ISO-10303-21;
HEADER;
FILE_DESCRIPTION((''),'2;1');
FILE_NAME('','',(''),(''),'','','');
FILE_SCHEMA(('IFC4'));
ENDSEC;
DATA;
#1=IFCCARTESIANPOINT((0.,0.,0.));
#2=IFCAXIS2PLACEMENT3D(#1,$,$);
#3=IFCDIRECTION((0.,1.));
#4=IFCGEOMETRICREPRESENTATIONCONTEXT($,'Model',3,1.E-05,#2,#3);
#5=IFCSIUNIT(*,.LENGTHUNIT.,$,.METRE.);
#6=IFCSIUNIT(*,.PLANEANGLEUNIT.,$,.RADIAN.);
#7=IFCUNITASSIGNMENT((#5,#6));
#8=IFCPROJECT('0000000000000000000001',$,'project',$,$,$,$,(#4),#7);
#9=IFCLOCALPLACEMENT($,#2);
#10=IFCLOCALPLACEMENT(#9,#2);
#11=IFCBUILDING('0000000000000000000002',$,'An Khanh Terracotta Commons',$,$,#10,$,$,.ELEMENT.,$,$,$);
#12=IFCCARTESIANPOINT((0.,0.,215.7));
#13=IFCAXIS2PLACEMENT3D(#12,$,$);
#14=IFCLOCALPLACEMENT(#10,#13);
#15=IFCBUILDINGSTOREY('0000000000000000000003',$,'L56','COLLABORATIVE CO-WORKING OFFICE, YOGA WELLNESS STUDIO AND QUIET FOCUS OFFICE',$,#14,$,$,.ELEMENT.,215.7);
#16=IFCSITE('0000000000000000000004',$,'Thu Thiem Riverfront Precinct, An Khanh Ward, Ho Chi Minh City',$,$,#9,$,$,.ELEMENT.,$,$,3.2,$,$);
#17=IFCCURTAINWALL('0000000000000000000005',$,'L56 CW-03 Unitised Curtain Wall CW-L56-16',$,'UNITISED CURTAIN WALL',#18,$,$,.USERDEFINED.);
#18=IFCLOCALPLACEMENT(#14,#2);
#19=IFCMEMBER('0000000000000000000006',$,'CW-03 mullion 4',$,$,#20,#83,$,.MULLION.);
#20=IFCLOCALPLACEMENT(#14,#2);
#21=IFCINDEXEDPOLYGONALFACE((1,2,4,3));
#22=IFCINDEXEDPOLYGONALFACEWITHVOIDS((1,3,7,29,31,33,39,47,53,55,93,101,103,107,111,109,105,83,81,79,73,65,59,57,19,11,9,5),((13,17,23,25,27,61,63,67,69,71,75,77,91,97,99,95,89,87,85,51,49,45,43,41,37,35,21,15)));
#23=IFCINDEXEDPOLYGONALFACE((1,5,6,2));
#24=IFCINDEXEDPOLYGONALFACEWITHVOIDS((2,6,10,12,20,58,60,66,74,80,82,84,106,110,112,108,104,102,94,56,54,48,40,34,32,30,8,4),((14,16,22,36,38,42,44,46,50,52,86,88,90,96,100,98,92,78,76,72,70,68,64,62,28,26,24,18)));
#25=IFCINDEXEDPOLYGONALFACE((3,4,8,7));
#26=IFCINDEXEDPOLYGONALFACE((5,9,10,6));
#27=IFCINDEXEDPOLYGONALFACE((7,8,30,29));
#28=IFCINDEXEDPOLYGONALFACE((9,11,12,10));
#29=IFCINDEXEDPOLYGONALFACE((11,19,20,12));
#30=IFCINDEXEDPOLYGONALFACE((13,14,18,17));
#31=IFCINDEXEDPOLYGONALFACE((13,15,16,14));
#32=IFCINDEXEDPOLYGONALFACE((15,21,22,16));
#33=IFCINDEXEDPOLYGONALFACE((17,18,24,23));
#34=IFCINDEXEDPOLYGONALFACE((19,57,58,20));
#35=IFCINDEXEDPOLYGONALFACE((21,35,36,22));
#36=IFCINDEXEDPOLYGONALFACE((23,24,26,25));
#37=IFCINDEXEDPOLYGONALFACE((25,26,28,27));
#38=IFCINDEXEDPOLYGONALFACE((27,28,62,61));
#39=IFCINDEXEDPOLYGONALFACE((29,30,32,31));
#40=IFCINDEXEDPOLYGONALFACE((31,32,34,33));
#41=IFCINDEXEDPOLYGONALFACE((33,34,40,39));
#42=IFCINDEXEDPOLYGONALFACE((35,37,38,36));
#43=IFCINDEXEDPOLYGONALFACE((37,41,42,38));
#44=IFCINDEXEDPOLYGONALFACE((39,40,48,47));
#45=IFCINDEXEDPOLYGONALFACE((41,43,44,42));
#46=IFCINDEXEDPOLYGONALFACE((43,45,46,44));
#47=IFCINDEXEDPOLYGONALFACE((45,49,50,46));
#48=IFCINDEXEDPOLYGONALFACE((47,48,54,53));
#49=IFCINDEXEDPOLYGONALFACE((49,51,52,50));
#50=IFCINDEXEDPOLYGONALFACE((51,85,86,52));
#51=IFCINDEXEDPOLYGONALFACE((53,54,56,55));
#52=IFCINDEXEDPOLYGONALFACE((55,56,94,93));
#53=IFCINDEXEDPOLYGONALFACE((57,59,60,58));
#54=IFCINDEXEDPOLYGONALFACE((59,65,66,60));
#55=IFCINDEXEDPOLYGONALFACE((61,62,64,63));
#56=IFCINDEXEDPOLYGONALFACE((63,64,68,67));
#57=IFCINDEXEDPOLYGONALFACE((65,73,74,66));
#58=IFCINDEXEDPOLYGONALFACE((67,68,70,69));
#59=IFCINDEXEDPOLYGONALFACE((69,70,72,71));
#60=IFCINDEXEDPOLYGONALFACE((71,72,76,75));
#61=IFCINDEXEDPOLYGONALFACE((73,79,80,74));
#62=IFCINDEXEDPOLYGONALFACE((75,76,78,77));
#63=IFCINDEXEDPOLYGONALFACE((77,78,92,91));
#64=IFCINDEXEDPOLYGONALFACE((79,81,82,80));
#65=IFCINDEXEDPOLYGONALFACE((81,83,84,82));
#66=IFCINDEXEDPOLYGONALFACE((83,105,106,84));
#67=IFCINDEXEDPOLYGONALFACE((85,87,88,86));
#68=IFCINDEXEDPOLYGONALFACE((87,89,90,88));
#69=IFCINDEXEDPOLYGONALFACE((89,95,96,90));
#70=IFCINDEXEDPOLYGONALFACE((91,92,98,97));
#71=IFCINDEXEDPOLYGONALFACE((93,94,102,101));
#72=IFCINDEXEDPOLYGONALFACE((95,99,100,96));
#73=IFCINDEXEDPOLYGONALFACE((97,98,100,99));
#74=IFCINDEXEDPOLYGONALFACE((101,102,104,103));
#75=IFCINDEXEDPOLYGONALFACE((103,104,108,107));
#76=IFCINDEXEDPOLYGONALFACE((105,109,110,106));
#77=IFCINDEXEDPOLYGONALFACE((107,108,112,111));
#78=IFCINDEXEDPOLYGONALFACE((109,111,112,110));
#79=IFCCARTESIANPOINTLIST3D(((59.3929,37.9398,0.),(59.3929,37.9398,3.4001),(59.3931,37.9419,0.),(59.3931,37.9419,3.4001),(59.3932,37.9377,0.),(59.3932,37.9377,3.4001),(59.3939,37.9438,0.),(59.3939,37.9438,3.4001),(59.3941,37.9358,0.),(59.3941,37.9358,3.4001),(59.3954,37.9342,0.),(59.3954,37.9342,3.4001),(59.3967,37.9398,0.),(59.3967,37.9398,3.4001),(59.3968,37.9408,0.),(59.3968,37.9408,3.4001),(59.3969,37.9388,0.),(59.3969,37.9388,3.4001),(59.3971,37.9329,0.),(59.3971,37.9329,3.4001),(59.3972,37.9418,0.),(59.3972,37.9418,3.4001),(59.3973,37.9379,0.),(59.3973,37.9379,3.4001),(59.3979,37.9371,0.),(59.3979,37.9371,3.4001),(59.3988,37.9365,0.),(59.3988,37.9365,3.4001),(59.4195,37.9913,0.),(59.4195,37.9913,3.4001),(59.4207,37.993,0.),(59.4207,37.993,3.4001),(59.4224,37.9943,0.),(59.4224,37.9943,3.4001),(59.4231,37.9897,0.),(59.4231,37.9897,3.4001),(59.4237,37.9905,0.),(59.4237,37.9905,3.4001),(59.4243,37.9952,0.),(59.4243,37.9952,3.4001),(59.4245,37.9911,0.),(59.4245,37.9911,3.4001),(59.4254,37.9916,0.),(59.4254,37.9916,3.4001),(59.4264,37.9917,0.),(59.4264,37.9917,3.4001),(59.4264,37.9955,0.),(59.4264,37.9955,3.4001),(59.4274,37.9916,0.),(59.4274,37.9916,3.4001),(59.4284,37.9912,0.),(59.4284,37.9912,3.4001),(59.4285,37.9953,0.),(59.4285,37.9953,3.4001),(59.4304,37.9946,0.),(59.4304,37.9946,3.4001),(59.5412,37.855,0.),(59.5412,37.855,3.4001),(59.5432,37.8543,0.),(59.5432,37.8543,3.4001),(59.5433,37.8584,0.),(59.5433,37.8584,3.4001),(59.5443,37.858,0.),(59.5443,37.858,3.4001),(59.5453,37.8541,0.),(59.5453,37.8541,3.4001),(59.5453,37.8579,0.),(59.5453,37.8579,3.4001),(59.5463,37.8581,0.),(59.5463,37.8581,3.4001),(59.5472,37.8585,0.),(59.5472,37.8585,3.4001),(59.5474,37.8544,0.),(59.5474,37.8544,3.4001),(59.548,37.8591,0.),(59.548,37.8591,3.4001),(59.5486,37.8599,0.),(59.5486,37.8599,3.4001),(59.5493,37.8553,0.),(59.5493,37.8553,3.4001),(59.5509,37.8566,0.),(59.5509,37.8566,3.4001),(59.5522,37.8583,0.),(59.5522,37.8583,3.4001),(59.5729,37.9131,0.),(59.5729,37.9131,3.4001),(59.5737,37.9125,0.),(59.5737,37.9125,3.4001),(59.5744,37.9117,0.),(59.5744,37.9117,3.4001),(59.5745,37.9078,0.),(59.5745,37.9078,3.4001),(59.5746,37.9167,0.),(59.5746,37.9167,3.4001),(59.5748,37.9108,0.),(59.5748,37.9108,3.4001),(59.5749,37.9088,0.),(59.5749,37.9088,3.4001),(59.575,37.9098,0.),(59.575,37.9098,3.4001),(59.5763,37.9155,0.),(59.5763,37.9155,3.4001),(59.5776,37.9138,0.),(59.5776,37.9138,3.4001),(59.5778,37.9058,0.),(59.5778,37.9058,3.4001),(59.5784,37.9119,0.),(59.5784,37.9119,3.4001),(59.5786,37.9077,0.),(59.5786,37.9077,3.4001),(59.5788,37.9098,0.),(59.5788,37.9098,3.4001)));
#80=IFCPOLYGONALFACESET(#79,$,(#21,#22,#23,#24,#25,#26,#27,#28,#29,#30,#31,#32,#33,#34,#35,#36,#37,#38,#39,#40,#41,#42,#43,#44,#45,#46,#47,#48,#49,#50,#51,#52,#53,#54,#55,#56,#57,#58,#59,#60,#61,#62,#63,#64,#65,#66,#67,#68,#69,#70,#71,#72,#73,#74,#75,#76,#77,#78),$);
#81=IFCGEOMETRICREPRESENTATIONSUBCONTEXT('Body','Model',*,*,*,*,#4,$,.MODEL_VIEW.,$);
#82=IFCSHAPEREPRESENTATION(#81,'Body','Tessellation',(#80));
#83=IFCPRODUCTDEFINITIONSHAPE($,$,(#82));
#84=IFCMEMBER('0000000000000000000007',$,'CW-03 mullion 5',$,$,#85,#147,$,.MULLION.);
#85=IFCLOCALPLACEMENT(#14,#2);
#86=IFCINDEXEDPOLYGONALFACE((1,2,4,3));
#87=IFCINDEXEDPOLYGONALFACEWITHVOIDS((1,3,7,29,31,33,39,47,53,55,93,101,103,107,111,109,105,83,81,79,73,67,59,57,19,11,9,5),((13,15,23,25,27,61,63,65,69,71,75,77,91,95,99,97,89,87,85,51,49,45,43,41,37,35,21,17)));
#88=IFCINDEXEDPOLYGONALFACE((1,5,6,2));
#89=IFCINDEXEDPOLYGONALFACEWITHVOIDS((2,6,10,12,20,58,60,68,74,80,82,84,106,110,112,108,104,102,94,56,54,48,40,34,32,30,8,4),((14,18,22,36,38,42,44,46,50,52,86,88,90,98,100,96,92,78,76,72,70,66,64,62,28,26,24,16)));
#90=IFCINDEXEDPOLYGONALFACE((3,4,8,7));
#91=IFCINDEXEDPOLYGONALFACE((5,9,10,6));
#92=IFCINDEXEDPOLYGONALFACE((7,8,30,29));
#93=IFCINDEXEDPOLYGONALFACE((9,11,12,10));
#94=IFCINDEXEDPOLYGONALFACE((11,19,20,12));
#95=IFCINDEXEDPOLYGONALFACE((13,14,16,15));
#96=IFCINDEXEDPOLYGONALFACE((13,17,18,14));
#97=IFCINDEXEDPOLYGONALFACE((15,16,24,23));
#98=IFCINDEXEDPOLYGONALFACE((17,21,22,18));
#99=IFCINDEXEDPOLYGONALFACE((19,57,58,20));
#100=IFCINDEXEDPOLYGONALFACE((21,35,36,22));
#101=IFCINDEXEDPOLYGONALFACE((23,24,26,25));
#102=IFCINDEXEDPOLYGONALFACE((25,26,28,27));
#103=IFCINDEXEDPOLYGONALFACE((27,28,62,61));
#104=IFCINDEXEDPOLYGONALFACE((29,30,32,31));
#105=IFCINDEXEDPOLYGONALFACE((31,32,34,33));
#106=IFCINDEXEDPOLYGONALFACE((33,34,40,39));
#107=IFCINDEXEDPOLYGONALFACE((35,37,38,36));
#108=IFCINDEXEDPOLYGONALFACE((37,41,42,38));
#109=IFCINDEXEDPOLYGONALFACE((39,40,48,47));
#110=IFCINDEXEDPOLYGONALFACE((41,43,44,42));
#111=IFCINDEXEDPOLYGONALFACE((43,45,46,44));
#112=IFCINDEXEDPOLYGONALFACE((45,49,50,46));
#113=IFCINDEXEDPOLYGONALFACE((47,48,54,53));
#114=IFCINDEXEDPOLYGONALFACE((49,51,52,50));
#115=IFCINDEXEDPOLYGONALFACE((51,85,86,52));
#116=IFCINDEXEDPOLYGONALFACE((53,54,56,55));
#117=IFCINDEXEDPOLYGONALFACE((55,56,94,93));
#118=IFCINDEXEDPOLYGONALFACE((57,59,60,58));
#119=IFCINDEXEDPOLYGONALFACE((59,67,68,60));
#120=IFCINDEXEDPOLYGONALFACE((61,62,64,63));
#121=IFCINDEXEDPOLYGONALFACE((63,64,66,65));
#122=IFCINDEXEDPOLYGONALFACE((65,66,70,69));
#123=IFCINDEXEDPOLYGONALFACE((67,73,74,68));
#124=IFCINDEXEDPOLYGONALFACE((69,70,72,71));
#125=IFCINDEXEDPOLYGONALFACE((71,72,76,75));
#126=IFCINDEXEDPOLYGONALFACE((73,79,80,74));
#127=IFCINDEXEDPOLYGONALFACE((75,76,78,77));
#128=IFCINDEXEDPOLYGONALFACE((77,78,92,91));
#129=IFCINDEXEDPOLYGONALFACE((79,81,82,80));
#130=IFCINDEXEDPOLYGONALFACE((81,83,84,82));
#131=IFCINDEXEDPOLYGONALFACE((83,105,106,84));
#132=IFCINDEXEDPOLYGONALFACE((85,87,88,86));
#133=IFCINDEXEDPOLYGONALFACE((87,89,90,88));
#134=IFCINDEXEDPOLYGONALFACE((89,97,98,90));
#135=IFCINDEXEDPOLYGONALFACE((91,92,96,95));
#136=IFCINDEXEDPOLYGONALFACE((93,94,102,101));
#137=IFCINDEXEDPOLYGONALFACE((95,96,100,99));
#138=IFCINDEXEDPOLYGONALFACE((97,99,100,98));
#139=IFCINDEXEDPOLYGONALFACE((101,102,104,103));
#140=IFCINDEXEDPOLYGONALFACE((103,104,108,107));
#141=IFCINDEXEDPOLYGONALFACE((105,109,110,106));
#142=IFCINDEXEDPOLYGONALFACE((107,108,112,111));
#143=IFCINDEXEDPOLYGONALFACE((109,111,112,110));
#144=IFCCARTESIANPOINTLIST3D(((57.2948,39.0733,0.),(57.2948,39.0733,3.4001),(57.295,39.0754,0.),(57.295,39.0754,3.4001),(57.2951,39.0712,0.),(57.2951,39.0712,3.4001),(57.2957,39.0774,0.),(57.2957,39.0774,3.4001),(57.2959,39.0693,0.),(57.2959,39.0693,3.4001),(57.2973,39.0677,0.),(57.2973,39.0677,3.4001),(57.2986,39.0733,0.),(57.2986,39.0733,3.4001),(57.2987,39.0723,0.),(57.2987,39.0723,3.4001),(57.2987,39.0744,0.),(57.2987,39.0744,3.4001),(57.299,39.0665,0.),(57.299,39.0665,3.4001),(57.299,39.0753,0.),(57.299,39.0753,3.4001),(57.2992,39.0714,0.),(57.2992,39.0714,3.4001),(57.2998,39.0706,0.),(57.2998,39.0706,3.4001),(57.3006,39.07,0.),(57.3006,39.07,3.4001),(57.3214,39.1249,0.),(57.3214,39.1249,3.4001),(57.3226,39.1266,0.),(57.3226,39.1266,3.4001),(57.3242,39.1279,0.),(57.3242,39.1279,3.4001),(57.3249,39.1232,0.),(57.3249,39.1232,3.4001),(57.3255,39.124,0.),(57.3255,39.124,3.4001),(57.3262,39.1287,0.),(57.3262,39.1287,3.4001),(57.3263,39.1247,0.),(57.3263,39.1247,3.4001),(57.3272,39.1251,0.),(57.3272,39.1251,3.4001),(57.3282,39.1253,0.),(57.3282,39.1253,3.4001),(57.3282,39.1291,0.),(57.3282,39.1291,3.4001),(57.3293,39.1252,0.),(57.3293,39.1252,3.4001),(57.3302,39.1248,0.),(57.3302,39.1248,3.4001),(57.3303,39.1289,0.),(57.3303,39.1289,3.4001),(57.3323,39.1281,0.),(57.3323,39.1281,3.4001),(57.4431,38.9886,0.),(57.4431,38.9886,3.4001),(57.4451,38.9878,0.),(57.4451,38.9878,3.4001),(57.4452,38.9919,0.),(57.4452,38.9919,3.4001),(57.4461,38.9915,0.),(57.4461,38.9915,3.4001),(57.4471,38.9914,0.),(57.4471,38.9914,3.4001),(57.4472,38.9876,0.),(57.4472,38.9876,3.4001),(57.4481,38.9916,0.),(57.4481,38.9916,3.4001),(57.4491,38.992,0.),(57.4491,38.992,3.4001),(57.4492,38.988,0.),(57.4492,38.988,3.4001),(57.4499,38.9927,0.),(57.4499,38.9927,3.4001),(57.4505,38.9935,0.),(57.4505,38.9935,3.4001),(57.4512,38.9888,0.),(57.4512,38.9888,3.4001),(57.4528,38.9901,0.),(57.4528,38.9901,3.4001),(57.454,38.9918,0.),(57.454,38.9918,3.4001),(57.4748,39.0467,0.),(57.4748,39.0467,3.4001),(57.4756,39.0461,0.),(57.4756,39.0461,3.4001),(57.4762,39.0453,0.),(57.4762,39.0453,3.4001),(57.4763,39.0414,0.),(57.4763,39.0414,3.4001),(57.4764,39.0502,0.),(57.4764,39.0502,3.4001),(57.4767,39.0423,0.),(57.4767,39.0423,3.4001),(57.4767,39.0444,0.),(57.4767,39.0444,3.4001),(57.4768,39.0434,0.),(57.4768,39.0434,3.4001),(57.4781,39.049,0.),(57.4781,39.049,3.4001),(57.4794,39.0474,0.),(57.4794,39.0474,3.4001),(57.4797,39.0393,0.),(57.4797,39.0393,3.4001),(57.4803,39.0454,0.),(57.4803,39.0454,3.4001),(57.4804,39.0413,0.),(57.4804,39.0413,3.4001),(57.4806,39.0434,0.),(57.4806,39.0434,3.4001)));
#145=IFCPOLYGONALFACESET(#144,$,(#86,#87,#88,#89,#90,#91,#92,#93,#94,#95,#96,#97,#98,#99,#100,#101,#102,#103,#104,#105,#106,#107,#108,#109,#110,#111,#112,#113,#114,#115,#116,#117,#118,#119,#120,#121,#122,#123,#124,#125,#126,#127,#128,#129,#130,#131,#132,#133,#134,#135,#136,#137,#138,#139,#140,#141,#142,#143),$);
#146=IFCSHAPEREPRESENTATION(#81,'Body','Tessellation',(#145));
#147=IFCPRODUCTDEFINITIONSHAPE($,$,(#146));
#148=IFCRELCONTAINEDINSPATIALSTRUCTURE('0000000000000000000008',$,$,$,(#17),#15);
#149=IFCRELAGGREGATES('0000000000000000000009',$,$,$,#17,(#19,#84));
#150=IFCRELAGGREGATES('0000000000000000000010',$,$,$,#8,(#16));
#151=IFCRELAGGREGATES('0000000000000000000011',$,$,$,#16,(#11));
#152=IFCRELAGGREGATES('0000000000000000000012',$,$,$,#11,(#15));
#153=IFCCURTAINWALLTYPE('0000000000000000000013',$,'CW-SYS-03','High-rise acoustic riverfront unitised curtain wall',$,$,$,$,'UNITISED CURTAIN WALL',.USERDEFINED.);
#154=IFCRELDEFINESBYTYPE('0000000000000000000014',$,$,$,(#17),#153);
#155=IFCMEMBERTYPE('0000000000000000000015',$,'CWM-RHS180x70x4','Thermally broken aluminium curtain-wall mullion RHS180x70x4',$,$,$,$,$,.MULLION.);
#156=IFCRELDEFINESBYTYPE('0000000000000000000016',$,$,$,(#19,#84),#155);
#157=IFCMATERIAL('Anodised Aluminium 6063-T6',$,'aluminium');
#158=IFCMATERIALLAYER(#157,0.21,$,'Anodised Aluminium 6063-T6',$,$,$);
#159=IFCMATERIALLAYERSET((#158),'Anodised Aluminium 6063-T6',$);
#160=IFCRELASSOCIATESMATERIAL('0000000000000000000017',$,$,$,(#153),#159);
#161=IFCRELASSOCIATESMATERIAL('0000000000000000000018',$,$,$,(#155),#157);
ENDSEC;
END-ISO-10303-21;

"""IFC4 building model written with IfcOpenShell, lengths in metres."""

from ifc_helpers import new_model, si_unit, direction, frame, origin, origin_2d, place, context, subcontext, project, spatial, hollow_rectangle, extrude, material, layer, layer_set, material_profile, profile_set, type_object, element, aggregate, save


model = new_model("IFC4")

# Units and contexts
model_context = context("Model", 3, precision=1e-05, world=origin(), true_north=direction((0.0, 1.0)))
body_context = subcontext(model_context, "Body", "Model", "MODEL_VIEW")
ifc_project = project(units=[si_unit("LENGTHUNIT", "METRE"), si_unit("PLANEANGLEUNIT", "RADIAN")], contexts=[model_context])

# Site, building, storey
site_placement = place(None, origin())
site = spatial("IfcSite", under=ifc_project, at=site_placement, Name="Thu Thiem Riverfront Precinct, An Khanh Ward, Ho Chi Minh City", CompositionType="ELEMENT", RefElevation=3.2)
building_placement = place(site_placement, origin())
building = spatial("IfcBuilding", under=site, at=building_placement, Name="An Khanh Terracotta Commons", CompositionType="ELEMENT")
storey_placement = place(building_placement, frame((0.0, 0.0, 215.7)))
storey = spatial("IfcBuildingStorey", under=building, at=storey_placement, Name="L56", Description="COLLABORATIVE CO-WORKING OFFICE, YOGA WELLNESS STUDIO AND QUIET FOCUS OFFICE", CompositionType="ELEMENT", Elevation=215.7)

# Curtain wall, members
ifc_material_1 = material(Name="Anodised Aluminium 6063-T6", Category="aluminium")
ifc_layer_1 = layer(ifc_material_1, 0.21, Name="Anodised Aluminium 6063-T6")
ifc_layer_set_1 = layer_set([ifc_layer_1], Name="Anodised Aluminium 6063-T6")
curtain_wall_type = type_object("IfcCurtainWallType", Name="CW-SYS-03", Description="High-rise acoustic riverfront unitised curtain wall", ElementType="UNITISED CURTAIN WALL", PredefinedType="USERDEFINED", material=ifc_layer_set_1)
curtain_wall_placement = place(storey_placement, origin())
curtain_wall = element("IfcCurtainWall", 1, at=curtain_wall_placement, inside=storey, type_object=curtain_wall_type, Name="L56 CW-03 Unitised Curtain Wall CW-L56-16", ObjectType="UNITISED CURTAIN WALL", PredefinedType="USERDEFINED")
ifc_material_profile_1 = material_profile(ifc_material_1, hollow_rectangle(XDim=0.0701, YDim=0.1799, WallThickness=0.0039, InnerFilletRadius=0.0039, OuterFilletRadius=0.0081, at=origin_2d()), Name="RHS180x70x4")
ifc_profile_set_1 = profile_set([ifc_material_profile_1], Name="Anodised Aluminium 6063-T6")
member_type_1 = type_object("IfcMemberType", Name="CWM-RHS180x70x4", Description="Thermally broken aluminium curtain-wall mullion RHS180x70x4", PredefinedType="MULLION", material=ifc_profile_set_1)
member_1_placement = place(storey_placement, frame((59.4858, 37.9248, 0.0), z_axis=(0.0, 0.0, 1.0), x_axis=(-0.475381, -0.87978, 0.0)))
member_1 = element("IfcMember", 2, at=member_1_placement, type_object=member_type_1, Name="CW-03 mullion 4", PredefinedType="MULLION", context=body_context, shape_type="SweptSolid", body=[
    extrude(hollow_rectangle(XDim=0.0701, YDim=0.1799, WallThickness=0.0039, InnerFilletRadius=0.0039, OuterFilletRadius=0.0081, at=origin_2d()), origin(), (0.0, 0.0, 1.0), 3.4001),
])
member_2_placement = place(storey_placement, frame((57.3877, 39.0583, 0.0), z_axis=(0.0, 0.0, 1.0), x_axis=(-0.475381, -0.87978, 0.0)))
member_2 = element("IfcMember", 3, at=member_2_placement, type_object=member_type_1, Name="CW-03 mullion 5", PredefinedType="MULLION", context=body_context, shape_type="SweptSolid", body=[
    extrude(hollow_rectangle(XDim=0.0701, YDim=0.1799, WallThickness=0.0039, InnerFilletRadius=0.0039, OuterFilletRadius=0.0081, at=origin_2d()), origin(), (0.0, 0.0, 1.0), 3.4001),
])
aggregate(curtain_wall, [member_1, member_2])

save(model, "model.ifc")
